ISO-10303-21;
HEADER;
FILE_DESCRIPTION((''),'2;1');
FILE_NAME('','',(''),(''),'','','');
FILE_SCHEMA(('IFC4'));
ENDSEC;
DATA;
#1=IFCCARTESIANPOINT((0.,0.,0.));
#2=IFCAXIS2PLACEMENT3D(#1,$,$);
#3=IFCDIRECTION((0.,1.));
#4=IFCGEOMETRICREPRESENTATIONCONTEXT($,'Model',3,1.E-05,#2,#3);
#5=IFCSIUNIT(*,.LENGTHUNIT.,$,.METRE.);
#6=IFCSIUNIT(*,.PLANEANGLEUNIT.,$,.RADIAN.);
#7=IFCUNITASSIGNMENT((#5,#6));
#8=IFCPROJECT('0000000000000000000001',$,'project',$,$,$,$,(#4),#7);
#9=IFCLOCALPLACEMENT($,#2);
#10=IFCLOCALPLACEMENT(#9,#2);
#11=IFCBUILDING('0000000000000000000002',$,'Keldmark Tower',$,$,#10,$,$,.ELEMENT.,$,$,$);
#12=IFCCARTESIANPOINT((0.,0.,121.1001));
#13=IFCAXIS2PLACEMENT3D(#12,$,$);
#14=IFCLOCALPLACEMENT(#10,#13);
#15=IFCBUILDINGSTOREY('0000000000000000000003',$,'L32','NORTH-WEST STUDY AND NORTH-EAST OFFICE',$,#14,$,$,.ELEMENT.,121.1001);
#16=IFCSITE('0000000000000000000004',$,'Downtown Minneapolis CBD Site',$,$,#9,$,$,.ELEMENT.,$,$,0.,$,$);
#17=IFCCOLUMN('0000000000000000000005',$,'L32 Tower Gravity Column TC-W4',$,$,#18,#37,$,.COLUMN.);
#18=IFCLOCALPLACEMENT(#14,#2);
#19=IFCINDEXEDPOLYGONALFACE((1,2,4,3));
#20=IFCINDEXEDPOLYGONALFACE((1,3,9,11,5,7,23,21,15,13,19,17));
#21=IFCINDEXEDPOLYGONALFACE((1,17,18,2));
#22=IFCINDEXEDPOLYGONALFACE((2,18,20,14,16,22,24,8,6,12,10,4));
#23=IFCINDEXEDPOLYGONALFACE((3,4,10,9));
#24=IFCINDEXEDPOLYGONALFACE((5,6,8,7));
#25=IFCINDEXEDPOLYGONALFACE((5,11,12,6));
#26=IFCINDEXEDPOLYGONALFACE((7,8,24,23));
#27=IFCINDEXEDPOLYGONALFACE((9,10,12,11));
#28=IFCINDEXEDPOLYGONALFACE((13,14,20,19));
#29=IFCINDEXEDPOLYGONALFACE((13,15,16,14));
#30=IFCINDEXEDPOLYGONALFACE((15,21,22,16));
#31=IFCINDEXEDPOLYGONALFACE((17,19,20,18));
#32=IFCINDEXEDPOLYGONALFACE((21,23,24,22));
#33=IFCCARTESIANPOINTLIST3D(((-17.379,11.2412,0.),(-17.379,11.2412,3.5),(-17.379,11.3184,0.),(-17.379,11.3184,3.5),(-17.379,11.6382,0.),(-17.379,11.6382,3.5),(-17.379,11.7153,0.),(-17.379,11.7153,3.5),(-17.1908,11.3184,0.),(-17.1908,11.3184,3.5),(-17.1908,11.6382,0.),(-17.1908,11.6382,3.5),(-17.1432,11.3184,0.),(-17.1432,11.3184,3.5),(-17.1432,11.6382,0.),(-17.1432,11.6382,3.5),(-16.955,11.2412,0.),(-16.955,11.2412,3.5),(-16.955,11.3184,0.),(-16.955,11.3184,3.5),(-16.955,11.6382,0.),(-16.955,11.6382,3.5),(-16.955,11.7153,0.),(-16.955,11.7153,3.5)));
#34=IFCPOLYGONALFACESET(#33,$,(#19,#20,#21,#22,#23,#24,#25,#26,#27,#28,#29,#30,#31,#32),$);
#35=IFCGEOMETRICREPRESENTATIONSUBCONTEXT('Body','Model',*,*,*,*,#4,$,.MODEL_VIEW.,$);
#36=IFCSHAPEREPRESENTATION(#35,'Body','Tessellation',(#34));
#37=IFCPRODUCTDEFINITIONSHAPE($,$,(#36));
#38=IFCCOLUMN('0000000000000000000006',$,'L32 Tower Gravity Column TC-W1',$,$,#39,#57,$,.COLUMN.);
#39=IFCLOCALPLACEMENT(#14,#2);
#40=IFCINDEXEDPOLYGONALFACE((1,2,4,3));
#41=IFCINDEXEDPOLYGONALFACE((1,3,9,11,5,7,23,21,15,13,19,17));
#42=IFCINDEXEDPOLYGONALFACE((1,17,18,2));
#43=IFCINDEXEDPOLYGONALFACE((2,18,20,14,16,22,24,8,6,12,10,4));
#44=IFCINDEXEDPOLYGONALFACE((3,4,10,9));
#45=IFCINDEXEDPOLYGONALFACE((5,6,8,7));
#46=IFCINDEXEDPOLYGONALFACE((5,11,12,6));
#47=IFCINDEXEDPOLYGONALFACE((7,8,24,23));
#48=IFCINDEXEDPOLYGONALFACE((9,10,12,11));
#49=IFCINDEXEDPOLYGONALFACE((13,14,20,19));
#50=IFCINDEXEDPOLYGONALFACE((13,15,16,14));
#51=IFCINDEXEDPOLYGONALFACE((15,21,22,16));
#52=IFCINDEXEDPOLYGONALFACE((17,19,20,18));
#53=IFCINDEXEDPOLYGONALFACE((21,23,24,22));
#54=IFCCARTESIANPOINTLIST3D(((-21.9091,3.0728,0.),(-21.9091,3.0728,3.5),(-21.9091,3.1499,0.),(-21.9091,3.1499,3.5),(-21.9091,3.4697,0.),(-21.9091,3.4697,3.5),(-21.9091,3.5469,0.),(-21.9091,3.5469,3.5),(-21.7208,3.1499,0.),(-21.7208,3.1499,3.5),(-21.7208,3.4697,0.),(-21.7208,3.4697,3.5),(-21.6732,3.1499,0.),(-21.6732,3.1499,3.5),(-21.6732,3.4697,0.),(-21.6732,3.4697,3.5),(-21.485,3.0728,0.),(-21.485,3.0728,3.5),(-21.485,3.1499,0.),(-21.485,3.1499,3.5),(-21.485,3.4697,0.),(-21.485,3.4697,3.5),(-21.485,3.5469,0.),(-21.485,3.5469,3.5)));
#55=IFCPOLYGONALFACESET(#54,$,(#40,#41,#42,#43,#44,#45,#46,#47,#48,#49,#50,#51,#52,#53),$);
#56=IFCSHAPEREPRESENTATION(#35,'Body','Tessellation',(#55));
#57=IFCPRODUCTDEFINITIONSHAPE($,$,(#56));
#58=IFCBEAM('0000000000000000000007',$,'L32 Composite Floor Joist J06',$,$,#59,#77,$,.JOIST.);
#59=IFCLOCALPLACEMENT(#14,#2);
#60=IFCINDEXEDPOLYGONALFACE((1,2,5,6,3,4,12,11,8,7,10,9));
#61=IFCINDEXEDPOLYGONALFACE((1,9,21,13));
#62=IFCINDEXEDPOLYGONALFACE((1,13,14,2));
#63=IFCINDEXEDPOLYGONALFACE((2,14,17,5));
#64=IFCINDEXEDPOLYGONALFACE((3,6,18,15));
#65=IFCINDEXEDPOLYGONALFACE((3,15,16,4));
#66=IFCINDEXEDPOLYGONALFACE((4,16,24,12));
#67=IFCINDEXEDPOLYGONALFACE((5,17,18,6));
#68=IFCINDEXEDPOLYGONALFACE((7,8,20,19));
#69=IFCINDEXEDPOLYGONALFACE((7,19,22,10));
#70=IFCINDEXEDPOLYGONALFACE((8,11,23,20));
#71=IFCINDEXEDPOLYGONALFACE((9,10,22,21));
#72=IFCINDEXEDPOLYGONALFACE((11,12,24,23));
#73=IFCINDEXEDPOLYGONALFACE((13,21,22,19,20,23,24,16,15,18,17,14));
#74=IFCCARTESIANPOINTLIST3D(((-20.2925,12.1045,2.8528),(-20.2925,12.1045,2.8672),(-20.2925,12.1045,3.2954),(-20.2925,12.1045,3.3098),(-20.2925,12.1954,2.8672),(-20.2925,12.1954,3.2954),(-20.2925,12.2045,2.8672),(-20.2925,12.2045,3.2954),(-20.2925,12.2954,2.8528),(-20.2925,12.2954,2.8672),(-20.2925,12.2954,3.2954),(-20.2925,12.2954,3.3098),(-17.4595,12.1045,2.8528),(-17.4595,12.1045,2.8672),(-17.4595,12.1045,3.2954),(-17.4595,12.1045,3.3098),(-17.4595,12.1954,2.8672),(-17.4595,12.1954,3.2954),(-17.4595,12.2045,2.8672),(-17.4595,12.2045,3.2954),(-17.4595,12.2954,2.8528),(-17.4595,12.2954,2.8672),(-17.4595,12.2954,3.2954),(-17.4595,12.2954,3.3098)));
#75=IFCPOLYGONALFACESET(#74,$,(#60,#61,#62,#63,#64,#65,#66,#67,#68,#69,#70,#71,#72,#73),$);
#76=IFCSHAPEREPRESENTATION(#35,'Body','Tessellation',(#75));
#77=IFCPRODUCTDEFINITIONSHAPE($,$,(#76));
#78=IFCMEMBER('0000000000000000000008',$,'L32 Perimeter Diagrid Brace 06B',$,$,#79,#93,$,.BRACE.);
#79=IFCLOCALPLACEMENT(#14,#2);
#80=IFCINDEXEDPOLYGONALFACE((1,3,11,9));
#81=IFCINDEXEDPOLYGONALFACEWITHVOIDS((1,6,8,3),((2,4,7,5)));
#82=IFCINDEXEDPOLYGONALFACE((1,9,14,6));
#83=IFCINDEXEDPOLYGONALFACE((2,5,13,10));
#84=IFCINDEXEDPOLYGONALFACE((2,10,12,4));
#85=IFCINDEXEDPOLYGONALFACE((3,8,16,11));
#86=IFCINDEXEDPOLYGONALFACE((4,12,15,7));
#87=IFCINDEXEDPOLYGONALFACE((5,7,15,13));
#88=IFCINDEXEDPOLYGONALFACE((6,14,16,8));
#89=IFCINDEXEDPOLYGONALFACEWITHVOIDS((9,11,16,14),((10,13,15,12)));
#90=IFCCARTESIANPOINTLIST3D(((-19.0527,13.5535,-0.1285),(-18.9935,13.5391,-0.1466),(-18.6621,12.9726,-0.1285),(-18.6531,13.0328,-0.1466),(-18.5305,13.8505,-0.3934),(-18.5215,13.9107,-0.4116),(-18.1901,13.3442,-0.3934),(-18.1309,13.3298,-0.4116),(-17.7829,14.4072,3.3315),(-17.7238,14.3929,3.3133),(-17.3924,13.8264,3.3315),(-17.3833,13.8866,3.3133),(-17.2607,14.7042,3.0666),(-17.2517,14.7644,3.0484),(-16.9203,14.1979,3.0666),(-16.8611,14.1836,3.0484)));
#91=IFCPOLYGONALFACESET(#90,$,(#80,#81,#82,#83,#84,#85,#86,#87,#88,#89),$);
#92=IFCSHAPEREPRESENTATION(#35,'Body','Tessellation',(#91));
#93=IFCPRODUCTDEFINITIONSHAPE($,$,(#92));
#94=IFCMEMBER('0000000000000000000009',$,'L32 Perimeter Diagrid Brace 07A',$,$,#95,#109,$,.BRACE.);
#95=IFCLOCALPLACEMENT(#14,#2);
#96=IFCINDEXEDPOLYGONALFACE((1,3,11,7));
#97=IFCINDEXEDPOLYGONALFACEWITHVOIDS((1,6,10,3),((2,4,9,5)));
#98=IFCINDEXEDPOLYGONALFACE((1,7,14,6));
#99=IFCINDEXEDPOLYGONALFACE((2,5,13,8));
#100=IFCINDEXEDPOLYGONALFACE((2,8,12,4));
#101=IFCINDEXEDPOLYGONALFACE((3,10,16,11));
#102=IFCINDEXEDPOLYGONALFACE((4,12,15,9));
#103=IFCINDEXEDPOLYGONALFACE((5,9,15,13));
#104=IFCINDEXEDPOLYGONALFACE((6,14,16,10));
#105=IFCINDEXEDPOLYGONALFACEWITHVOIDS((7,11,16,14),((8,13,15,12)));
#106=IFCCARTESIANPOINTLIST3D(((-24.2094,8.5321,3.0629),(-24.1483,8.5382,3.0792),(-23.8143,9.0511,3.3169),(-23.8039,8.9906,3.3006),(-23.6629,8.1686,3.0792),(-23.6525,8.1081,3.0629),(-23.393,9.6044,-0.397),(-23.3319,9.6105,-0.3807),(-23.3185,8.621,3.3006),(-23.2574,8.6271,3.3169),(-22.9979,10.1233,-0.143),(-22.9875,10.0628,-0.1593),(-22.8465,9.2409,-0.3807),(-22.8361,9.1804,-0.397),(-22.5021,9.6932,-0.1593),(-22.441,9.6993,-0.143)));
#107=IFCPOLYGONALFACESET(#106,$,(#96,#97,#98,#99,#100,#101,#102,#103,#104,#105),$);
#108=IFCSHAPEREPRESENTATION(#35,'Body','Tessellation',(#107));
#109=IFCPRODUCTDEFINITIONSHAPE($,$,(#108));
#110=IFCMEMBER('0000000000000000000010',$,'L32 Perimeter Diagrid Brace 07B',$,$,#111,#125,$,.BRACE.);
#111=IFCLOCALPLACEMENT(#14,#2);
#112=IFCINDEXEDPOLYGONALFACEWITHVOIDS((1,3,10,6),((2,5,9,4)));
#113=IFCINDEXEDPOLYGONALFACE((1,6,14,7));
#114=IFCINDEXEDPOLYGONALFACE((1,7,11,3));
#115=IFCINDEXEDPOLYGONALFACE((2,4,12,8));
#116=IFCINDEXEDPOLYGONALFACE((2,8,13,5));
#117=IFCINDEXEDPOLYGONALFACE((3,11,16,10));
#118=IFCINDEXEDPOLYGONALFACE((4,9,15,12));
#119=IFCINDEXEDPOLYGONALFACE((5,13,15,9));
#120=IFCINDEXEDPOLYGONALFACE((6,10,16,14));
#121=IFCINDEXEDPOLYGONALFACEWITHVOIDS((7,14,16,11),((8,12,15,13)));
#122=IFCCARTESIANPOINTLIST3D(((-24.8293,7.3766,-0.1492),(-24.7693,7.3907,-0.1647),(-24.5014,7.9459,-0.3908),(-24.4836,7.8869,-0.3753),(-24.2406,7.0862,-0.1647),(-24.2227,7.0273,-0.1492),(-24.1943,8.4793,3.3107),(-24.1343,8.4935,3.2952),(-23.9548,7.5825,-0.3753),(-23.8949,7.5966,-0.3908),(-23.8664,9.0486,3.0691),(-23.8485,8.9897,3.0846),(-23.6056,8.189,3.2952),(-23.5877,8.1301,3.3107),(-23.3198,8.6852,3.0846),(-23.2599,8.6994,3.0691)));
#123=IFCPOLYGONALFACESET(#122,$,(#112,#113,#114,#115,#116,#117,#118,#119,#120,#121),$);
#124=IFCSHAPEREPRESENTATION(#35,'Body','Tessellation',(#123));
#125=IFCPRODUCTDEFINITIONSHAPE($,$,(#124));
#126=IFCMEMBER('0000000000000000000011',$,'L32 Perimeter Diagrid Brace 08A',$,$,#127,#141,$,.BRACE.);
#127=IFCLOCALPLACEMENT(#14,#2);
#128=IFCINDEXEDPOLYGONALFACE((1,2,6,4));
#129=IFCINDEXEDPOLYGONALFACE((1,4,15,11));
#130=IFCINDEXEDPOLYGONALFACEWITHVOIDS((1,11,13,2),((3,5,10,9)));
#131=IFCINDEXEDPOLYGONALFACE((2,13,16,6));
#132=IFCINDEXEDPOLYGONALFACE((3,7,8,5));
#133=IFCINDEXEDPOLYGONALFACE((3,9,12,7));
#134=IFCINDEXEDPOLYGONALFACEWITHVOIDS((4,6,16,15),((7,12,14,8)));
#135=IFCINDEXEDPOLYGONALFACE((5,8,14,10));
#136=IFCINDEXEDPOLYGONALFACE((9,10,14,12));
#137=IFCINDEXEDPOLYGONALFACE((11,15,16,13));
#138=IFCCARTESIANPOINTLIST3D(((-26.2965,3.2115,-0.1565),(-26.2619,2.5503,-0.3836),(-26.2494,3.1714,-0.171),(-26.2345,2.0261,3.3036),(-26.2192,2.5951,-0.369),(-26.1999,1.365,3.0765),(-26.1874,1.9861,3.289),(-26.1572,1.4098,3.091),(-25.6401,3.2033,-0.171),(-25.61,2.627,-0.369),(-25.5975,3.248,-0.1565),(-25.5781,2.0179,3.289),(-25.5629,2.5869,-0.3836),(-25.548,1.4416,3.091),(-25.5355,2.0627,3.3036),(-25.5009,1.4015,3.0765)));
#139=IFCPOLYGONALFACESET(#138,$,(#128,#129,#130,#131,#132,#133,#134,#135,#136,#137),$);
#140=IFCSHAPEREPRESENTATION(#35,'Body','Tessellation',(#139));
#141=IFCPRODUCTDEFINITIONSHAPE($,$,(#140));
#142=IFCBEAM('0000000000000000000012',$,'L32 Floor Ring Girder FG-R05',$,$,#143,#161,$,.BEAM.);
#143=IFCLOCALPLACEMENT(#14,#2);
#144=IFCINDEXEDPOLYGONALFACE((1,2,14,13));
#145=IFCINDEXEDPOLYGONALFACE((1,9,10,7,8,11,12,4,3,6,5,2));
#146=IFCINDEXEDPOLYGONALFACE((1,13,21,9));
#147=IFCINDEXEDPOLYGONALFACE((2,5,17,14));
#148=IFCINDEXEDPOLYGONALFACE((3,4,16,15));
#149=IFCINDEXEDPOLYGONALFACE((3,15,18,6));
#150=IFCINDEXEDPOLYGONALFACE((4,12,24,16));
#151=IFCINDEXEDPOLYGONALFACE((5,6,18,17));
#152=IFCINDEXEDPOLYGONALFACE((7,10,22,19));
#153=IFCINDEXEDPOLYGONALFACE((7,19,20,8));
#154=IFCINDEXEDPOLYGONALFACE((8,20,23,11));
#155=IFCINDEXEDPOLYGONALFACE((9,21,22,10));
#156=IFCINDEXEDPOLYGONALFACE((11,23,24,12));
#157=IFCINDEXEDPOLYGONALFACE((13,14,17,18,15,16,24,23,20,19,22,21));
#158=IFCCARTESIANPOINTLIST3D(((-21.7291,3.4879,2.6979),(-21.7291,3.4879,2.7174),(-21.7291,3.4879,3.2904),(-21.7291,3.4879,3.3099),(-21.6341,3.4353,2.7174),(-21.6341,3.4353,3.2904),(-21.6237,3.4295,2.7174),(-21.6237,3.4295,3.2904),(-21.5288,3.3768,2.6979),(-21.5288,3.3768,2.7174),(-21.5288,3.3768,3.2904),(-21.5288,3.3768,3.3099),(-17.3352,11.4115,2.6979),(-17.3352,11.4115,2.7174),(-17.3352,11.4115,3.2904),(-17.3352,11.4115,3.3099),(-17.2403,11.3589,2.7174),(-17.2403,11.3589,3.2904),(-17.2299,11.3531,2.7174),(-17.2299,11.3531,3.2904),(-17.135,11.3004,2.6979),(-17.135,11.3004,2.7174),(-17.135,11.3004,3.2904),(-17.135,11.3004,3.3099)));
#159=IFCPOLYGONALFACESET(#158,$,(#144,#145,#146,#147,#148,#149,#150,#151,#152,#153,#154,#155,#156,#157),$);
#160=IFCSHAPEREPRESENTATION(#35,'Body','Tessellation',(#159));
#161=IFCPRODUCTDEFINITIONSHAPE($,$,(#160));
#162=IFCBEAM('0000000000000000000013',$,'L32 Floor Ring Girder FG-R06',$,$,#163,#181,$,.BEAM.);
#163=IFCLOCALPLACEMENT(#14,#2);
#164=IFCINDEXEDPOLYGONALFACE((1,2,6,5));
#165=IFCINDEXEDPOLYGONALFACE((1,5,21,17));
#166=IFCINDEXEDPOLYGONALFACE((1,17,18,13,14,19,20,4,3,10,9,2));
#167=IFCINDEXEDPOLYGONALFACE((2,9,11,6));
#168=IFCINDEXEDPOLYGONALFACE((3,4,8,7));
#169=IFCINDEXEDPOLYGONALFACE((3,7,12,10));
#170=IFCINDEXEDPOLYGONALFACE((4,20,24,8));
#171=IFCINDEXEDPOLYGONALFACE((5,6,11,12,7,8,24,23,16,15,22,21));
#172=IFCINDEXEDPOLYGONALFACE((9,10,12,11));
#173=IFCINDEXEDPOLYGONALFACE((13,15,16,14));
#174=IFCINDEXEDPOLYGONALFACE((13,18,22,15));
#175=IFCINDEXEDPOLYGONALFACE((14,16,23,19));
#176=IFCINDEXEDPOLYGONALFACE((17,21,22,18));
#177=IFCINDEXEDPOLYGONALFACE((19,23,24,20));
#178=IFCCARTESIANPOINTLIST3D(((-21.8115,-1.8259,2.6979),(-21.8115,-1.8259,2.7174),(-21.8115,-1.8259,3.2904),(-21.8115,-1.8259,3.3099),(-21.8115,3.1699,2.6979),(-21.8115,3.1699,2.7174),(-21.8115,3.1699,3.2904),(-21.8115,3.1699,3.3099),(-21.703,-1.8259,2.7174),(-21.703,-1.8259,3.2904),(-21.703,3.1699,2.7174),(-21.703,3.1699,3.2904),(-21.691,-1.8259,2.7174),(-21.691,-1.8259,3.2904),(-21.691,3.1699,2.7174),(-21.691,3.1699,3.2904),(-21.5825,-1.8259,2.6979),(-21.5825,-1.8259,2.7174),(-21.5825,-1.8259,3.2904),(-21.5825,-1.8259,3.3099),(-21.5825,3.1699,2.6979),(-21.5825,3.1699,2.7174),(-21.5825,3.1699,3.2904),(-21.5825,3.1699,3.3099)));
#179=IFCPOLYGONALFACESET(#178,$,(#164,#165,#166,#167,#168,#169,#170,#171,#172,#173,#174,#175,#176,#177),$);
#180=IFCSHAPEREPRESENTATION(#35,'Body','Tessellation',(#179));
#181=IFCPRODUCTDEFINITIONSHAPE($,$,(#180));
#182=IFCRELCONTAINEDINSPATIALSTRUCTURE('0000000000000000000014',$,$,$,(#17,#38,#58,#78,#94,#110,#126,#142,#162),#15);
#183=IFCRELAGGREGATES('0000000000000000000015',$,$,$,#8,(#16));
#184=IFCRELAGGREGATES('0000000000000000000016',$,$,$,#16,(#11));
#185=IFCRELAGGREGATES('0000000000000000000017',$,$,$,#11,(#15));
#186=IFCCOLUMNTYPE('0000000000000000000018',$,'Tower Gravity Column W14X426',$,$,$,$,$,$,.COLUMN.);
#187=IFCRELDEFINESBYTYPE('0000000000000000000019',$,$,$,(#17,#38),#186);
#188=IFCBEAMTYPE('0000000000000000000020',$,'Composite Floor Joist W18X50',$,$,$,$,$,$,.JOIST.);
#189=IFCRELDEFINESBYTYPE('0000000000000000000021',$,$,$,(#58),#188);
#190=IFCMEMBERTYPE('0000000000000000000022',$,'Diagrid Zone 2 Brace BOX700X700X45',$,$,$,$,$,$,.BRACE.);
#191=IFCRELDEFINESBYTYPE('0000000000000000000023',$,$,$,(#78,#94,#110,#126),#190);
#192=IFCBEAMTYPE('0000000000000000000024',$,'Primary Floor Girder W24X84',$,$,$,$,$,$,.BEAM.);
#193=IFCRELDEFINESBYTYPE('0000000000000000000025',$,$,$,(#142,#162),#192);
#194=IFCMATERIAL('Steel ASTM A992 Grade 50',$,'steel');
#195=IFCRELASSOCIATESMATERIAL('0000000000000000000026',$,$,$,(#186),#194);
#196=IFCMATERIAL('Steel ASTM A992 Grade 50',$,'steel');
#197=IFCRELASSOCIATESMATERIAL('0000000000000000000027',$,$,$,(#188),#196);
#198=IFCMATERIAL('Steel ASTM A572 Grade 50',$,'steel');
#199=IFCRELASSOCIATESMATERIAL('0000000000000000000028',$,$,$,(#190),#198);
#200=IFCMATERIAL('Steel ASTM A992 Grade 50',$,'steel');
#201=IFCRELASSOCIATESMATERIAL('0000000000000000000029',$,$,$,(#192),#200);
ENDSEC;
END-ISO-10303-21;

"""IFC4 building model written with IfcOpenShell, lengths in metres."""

from ifc_helpers import new_model, si_unit, direction, frame, origin, origin_2d, place, context, subcontext, project, spatial, hollow_rectangle, i_section, extrude, material, material_profile, profile_set, type_object, element, save


model = new_model("IFC4")

# Units and contexts
model_context = context("Model", 3, precision=1e-05, world=origin(), true_north=direction((0.0, 1.0)))
body_context = subcontext(model_context, "Body", "Model", "MODEL_VIEW")
ifc_project = project(units=[si_unit("LENGTHUNIT", "METRE"), si_unit("PLANEANGLEUNIT", "RADIAN")], contexts=[model_context])

# Site, building, storey
site_placement = place(None, origin())
site = spatial("IfcSite", under=ifc_project, at=site_placement, Name="Downtown Minneapolis CBD Site", CompositionType="ELEMENT", RefElevation=0.0)
building_placement = place(site_placement, origin())
building = spatial("IfcBuilding", under=site, at=building_placement, Name="Keldmark Tower", CompositionType="ELEMENT")
storey_placement = place(building_placement, frame((0.0, 0.0, 121.1001)))
storey = spatial("IfcBuildingStorey", under=building, at=storey_placement, Name="L32", Description="NORTH-WEST STUDY AND NORTH-EAST OFFICE", CompositionType="ELEMENT", Elevation=121.1001)

# Columns
ifc_material_1 = material(Name="Steel ASTM A992 Grade 50", Category="steel")
ifc_material_profile_1 = material_profile(ifc_material_1, i_section(OverallWidth=0.4241, OverallDepth=0.4741, WebThickness=0.0476, FlangeThickness=0.0771, at=origin_2d()), Name="W14X426")
ifc_profile_set_1 = profile_set([ifc_material_profile_1], Name="Steel ASTM A992 Grade 50")
column_type = type_object("IfcColumnType", Name="Tower Gravity Column W14X426", PredefinedType="COLUMN", material=ifc_profile_set_1)
for number, where, z_axis, x_axis, name in (
    (1, (-17.167, 11.4783, 0.0), (0.0, 0.0, 1.0), (1.0, 0.0, 0.0), "L32 Tower Gravity Column TC-W4"),
    (2, (-21.697, 3.3098, 0.0), (0.0, 0.0, 1.0), (1.0, 0.0, 0.0), "L32 Tower Gravity Column TC-W1"),
):
    element("IfcColumn", number, at=place(storey_placement, frame(where, z_axis=z_axis, x_axis=x_axis)), inside=storey, type_object=column_type, Name=name, PredefinedType="COLUMN", context=body_context, shape_type="SweptSolid", body=[
        extrude(i_section(OverallWidth=0.4241, OverallDepth=0.4741, WebThickness=0.0476, FlangeThickness=0.0771, at=origin_2d()), origin(), (0.0, 0.0, 1.0), 3.5),
    ])

# Beam
ifc_material_2 = material(Name="Steel ASTM A992 Grade 50", Category="steel")
ifc_material_profile_2 = material_profile(ifc_material_2, i_section(OverallWidth=0.1909, OverallDepth=0.457, WebThickness=0.009, FlangeThickness=0.0144, at=origin_2d()), Name="W18X50")
ifc_profile_set_2 = profile_set([ifc_material_profile_2], Name="Steel ASTM A992 Grade 50")
beam_type_1 = type_object("IfcBeamType", Name="Composite Floor Joist W18X50", PredefinedType="JOIST", material=ifc_profile_set_2)
beam_1_placement = place(storey_placement, frame((-20.2925, 12.2, 3.0813), z_axis=(1.0, 0.0, 0.0), x_axis=(0.0, 1.0, 0.0)))
element("IfcBeam", 3, at=beam_1_placement, inside=storey, type_object=beam_type_1, Name="L32 Composite Floor Joist J06", PredefinedType="JOIST", context=body_context, shape_type="SweptSolid", body=[
    extrude(i_section(OverallWidth=0.1909, OverallDepth=0.457, WebThickness=0.009, FlangeThickness=0.0144, at=origin_2d()), origin(), (0.0, 0.0, 1.0), 2.833),
])

# Members
ifc_material_3 = material(Name="Steel ASTM A572 Grade 50", Category="steel")
ifc_material_profile_3 = material_profile(ifc_material_3, hollow_rectangle(XDim=0.7, YDim=0.7, WallThickness=0.0449, at=origin_2d()), Name="BOX700X700X45")
ifc_profile_set_3 = profile_set([ifc_material_profile_3], Name="Steel ASTM A572 Grade 50")
member_type = type_object("IfcMemberType", Name="Diagrid Zone 2 Brace BOX700X700X45", PredefinedType="BRACE", material=ifc_profile_set_3)
member_1_placement = place(storey_placement, frame((-18.5918, 13.4417, -0.27), z_axis=(0.335636, 0.225672, 0.914561), x_axis=(-0.557973, 0.829859, 0.0)))
element("IfcMember", 4, at=member_1_placement, inside=storey, type_object=member_type, Name="L32 Perimeter Diagrid Brace 06B", PredefinedType="BRACE", context=body_context, shape_type="SweptSolid", body=[
    extrude(hollow_rectangle(XDim=0.7, YDim=0.7, WallThickness=0.0449, at=origin_2d()), origin(), (0.0, 0.0, 1.0), 3.7832),
])
member_2_placement = place(storey_placement, frame((-22.917, 9.6519, -0.27), z_axis=(-0.219868, -0.288774, 0.931809), x_axis=(0.795631, -0.605781, 0.0)))
element("IfcMember", 5, at=member_2_placement, inside=storey, type_object=member_type, Name="L32 Perimeter Diagrid Brace 07A", PredefinedType="BRACE", context=body_context, shape_type="SweptSolid", body=[
    extrude(hollow_rectangle(XDim=0.7, YDim=0.7, WallThickness=0.0449, at=origin_2d()), origin(), (0.0, 0.0, 1.0), 3.7131),
])
member_3_placement = place(storey_placement, frame((-24.3621, 7.4866, -0.27), z_axis=(0.17225, 0.299136, 0.938535), x_axis=(-0.866597, 0.499008, 0.0)))
element("IfcMember", 6, at=member_3_placement, inside=storey, type_object=member_type, Name="L32 Perimeter Diagrid Brace 07B", PredefinedType="BRACE", context=body_context, shape_type="SweptSolid", body=[
    extrude(hollow_rectangle(XDim=0.7, YDim=0.7, WallThickness=0.0449, at=origin_2d()), origin(), (0.0, 0.0, 1.0), 3.6865),
])
member_4_placement = place(storey_placement, frame((-25.9297, 2.8992, -0.27), z_axis=(0.016953, -0.324041, 0.945891), x_axis=(0.998634, 0.052246, 0.0)))
element("IfcMember", 7, at=member_4_placement, inside=storey, type_object=member_type, Name="L32 Perimeter Diagrid Brace 08A", PredefinedType="BRACE", context=body_context, shape_type="SweptSolid", body=[
    extrude(hollow_rectangle(XDim=0.7, YDim=0.7, WallThickness=0.0449, at=origin_2d()), origin(), (0.0, 0.0, 1.0), 3.658),
])

# Beams
ifc_material_4 = material(Name="Steel ASTM A992 Grade 50", Category="steel")
ifc_material_profile_4 = material_profile(ifc_material_4, i_section(OverallWidth=0.229, OverallDepth=0.6121, WebThickness=0.012, FlangeThickness=0.0195, at=origin_2d()), Name="W24X84")
ifc_profile_set_4 = profile_set([ifc_material_profile_4], Name="Steel ASTM A992 Grade 50")
beam_type_2 = type_object("IfcBeamType", Name="Primary Floor Girder W24X84", PredefinedType="BEAM", material=ifc_profile_set_4)
beam_2_placement = place(storey_placement, frame((-17.2351, 11.356, 3.0039), z_axis=(-0.484952, -0.874541, 0.0), x_axis=(0.874541, -0.484952, 0.0)))
element("IfcBeam", 8, at=beam_2_placement, inside=storey, type_object=beam_type_2, Name="L32 Floor Ring Girder FG-R05", PredefinedType="BEAM", context=body_context, shape_type="SweptSolid", body=[
    extrude(i_section(OverallWidth=0.229, OverallDepth=0.6121, WebThickness=0.012, FlangeThickness=0.0195, at=origin_2d()), origin(), (0.0, 0.0, 1.0), 9.0603),
])
beam_3_placement = place(storey_placement, frame((-21.697, 3.1699, 3.0039), z_axis=(0.0, -1.0, 0.0), x_axis=(1.0, 0.0, 0.0)))
element("IfcBeam", 9, at=beam_3_placement, inside=storey, type_object=beam_type_2, Name="L32 Floor Ring Girder FG-R06", PredefinedType="BEAM", context=body_context, shape_type="SweptSolid", body=[
    extrude(i_section(OverallWidth=0.229, OverallDepth=0.6121, WebThickness=0.012, FlangeThickness=0.0195, at=origin_2d()), origin(), (0.0, 0.0, 1.0), 4.9958),
])

save(model, "model.ifc")
